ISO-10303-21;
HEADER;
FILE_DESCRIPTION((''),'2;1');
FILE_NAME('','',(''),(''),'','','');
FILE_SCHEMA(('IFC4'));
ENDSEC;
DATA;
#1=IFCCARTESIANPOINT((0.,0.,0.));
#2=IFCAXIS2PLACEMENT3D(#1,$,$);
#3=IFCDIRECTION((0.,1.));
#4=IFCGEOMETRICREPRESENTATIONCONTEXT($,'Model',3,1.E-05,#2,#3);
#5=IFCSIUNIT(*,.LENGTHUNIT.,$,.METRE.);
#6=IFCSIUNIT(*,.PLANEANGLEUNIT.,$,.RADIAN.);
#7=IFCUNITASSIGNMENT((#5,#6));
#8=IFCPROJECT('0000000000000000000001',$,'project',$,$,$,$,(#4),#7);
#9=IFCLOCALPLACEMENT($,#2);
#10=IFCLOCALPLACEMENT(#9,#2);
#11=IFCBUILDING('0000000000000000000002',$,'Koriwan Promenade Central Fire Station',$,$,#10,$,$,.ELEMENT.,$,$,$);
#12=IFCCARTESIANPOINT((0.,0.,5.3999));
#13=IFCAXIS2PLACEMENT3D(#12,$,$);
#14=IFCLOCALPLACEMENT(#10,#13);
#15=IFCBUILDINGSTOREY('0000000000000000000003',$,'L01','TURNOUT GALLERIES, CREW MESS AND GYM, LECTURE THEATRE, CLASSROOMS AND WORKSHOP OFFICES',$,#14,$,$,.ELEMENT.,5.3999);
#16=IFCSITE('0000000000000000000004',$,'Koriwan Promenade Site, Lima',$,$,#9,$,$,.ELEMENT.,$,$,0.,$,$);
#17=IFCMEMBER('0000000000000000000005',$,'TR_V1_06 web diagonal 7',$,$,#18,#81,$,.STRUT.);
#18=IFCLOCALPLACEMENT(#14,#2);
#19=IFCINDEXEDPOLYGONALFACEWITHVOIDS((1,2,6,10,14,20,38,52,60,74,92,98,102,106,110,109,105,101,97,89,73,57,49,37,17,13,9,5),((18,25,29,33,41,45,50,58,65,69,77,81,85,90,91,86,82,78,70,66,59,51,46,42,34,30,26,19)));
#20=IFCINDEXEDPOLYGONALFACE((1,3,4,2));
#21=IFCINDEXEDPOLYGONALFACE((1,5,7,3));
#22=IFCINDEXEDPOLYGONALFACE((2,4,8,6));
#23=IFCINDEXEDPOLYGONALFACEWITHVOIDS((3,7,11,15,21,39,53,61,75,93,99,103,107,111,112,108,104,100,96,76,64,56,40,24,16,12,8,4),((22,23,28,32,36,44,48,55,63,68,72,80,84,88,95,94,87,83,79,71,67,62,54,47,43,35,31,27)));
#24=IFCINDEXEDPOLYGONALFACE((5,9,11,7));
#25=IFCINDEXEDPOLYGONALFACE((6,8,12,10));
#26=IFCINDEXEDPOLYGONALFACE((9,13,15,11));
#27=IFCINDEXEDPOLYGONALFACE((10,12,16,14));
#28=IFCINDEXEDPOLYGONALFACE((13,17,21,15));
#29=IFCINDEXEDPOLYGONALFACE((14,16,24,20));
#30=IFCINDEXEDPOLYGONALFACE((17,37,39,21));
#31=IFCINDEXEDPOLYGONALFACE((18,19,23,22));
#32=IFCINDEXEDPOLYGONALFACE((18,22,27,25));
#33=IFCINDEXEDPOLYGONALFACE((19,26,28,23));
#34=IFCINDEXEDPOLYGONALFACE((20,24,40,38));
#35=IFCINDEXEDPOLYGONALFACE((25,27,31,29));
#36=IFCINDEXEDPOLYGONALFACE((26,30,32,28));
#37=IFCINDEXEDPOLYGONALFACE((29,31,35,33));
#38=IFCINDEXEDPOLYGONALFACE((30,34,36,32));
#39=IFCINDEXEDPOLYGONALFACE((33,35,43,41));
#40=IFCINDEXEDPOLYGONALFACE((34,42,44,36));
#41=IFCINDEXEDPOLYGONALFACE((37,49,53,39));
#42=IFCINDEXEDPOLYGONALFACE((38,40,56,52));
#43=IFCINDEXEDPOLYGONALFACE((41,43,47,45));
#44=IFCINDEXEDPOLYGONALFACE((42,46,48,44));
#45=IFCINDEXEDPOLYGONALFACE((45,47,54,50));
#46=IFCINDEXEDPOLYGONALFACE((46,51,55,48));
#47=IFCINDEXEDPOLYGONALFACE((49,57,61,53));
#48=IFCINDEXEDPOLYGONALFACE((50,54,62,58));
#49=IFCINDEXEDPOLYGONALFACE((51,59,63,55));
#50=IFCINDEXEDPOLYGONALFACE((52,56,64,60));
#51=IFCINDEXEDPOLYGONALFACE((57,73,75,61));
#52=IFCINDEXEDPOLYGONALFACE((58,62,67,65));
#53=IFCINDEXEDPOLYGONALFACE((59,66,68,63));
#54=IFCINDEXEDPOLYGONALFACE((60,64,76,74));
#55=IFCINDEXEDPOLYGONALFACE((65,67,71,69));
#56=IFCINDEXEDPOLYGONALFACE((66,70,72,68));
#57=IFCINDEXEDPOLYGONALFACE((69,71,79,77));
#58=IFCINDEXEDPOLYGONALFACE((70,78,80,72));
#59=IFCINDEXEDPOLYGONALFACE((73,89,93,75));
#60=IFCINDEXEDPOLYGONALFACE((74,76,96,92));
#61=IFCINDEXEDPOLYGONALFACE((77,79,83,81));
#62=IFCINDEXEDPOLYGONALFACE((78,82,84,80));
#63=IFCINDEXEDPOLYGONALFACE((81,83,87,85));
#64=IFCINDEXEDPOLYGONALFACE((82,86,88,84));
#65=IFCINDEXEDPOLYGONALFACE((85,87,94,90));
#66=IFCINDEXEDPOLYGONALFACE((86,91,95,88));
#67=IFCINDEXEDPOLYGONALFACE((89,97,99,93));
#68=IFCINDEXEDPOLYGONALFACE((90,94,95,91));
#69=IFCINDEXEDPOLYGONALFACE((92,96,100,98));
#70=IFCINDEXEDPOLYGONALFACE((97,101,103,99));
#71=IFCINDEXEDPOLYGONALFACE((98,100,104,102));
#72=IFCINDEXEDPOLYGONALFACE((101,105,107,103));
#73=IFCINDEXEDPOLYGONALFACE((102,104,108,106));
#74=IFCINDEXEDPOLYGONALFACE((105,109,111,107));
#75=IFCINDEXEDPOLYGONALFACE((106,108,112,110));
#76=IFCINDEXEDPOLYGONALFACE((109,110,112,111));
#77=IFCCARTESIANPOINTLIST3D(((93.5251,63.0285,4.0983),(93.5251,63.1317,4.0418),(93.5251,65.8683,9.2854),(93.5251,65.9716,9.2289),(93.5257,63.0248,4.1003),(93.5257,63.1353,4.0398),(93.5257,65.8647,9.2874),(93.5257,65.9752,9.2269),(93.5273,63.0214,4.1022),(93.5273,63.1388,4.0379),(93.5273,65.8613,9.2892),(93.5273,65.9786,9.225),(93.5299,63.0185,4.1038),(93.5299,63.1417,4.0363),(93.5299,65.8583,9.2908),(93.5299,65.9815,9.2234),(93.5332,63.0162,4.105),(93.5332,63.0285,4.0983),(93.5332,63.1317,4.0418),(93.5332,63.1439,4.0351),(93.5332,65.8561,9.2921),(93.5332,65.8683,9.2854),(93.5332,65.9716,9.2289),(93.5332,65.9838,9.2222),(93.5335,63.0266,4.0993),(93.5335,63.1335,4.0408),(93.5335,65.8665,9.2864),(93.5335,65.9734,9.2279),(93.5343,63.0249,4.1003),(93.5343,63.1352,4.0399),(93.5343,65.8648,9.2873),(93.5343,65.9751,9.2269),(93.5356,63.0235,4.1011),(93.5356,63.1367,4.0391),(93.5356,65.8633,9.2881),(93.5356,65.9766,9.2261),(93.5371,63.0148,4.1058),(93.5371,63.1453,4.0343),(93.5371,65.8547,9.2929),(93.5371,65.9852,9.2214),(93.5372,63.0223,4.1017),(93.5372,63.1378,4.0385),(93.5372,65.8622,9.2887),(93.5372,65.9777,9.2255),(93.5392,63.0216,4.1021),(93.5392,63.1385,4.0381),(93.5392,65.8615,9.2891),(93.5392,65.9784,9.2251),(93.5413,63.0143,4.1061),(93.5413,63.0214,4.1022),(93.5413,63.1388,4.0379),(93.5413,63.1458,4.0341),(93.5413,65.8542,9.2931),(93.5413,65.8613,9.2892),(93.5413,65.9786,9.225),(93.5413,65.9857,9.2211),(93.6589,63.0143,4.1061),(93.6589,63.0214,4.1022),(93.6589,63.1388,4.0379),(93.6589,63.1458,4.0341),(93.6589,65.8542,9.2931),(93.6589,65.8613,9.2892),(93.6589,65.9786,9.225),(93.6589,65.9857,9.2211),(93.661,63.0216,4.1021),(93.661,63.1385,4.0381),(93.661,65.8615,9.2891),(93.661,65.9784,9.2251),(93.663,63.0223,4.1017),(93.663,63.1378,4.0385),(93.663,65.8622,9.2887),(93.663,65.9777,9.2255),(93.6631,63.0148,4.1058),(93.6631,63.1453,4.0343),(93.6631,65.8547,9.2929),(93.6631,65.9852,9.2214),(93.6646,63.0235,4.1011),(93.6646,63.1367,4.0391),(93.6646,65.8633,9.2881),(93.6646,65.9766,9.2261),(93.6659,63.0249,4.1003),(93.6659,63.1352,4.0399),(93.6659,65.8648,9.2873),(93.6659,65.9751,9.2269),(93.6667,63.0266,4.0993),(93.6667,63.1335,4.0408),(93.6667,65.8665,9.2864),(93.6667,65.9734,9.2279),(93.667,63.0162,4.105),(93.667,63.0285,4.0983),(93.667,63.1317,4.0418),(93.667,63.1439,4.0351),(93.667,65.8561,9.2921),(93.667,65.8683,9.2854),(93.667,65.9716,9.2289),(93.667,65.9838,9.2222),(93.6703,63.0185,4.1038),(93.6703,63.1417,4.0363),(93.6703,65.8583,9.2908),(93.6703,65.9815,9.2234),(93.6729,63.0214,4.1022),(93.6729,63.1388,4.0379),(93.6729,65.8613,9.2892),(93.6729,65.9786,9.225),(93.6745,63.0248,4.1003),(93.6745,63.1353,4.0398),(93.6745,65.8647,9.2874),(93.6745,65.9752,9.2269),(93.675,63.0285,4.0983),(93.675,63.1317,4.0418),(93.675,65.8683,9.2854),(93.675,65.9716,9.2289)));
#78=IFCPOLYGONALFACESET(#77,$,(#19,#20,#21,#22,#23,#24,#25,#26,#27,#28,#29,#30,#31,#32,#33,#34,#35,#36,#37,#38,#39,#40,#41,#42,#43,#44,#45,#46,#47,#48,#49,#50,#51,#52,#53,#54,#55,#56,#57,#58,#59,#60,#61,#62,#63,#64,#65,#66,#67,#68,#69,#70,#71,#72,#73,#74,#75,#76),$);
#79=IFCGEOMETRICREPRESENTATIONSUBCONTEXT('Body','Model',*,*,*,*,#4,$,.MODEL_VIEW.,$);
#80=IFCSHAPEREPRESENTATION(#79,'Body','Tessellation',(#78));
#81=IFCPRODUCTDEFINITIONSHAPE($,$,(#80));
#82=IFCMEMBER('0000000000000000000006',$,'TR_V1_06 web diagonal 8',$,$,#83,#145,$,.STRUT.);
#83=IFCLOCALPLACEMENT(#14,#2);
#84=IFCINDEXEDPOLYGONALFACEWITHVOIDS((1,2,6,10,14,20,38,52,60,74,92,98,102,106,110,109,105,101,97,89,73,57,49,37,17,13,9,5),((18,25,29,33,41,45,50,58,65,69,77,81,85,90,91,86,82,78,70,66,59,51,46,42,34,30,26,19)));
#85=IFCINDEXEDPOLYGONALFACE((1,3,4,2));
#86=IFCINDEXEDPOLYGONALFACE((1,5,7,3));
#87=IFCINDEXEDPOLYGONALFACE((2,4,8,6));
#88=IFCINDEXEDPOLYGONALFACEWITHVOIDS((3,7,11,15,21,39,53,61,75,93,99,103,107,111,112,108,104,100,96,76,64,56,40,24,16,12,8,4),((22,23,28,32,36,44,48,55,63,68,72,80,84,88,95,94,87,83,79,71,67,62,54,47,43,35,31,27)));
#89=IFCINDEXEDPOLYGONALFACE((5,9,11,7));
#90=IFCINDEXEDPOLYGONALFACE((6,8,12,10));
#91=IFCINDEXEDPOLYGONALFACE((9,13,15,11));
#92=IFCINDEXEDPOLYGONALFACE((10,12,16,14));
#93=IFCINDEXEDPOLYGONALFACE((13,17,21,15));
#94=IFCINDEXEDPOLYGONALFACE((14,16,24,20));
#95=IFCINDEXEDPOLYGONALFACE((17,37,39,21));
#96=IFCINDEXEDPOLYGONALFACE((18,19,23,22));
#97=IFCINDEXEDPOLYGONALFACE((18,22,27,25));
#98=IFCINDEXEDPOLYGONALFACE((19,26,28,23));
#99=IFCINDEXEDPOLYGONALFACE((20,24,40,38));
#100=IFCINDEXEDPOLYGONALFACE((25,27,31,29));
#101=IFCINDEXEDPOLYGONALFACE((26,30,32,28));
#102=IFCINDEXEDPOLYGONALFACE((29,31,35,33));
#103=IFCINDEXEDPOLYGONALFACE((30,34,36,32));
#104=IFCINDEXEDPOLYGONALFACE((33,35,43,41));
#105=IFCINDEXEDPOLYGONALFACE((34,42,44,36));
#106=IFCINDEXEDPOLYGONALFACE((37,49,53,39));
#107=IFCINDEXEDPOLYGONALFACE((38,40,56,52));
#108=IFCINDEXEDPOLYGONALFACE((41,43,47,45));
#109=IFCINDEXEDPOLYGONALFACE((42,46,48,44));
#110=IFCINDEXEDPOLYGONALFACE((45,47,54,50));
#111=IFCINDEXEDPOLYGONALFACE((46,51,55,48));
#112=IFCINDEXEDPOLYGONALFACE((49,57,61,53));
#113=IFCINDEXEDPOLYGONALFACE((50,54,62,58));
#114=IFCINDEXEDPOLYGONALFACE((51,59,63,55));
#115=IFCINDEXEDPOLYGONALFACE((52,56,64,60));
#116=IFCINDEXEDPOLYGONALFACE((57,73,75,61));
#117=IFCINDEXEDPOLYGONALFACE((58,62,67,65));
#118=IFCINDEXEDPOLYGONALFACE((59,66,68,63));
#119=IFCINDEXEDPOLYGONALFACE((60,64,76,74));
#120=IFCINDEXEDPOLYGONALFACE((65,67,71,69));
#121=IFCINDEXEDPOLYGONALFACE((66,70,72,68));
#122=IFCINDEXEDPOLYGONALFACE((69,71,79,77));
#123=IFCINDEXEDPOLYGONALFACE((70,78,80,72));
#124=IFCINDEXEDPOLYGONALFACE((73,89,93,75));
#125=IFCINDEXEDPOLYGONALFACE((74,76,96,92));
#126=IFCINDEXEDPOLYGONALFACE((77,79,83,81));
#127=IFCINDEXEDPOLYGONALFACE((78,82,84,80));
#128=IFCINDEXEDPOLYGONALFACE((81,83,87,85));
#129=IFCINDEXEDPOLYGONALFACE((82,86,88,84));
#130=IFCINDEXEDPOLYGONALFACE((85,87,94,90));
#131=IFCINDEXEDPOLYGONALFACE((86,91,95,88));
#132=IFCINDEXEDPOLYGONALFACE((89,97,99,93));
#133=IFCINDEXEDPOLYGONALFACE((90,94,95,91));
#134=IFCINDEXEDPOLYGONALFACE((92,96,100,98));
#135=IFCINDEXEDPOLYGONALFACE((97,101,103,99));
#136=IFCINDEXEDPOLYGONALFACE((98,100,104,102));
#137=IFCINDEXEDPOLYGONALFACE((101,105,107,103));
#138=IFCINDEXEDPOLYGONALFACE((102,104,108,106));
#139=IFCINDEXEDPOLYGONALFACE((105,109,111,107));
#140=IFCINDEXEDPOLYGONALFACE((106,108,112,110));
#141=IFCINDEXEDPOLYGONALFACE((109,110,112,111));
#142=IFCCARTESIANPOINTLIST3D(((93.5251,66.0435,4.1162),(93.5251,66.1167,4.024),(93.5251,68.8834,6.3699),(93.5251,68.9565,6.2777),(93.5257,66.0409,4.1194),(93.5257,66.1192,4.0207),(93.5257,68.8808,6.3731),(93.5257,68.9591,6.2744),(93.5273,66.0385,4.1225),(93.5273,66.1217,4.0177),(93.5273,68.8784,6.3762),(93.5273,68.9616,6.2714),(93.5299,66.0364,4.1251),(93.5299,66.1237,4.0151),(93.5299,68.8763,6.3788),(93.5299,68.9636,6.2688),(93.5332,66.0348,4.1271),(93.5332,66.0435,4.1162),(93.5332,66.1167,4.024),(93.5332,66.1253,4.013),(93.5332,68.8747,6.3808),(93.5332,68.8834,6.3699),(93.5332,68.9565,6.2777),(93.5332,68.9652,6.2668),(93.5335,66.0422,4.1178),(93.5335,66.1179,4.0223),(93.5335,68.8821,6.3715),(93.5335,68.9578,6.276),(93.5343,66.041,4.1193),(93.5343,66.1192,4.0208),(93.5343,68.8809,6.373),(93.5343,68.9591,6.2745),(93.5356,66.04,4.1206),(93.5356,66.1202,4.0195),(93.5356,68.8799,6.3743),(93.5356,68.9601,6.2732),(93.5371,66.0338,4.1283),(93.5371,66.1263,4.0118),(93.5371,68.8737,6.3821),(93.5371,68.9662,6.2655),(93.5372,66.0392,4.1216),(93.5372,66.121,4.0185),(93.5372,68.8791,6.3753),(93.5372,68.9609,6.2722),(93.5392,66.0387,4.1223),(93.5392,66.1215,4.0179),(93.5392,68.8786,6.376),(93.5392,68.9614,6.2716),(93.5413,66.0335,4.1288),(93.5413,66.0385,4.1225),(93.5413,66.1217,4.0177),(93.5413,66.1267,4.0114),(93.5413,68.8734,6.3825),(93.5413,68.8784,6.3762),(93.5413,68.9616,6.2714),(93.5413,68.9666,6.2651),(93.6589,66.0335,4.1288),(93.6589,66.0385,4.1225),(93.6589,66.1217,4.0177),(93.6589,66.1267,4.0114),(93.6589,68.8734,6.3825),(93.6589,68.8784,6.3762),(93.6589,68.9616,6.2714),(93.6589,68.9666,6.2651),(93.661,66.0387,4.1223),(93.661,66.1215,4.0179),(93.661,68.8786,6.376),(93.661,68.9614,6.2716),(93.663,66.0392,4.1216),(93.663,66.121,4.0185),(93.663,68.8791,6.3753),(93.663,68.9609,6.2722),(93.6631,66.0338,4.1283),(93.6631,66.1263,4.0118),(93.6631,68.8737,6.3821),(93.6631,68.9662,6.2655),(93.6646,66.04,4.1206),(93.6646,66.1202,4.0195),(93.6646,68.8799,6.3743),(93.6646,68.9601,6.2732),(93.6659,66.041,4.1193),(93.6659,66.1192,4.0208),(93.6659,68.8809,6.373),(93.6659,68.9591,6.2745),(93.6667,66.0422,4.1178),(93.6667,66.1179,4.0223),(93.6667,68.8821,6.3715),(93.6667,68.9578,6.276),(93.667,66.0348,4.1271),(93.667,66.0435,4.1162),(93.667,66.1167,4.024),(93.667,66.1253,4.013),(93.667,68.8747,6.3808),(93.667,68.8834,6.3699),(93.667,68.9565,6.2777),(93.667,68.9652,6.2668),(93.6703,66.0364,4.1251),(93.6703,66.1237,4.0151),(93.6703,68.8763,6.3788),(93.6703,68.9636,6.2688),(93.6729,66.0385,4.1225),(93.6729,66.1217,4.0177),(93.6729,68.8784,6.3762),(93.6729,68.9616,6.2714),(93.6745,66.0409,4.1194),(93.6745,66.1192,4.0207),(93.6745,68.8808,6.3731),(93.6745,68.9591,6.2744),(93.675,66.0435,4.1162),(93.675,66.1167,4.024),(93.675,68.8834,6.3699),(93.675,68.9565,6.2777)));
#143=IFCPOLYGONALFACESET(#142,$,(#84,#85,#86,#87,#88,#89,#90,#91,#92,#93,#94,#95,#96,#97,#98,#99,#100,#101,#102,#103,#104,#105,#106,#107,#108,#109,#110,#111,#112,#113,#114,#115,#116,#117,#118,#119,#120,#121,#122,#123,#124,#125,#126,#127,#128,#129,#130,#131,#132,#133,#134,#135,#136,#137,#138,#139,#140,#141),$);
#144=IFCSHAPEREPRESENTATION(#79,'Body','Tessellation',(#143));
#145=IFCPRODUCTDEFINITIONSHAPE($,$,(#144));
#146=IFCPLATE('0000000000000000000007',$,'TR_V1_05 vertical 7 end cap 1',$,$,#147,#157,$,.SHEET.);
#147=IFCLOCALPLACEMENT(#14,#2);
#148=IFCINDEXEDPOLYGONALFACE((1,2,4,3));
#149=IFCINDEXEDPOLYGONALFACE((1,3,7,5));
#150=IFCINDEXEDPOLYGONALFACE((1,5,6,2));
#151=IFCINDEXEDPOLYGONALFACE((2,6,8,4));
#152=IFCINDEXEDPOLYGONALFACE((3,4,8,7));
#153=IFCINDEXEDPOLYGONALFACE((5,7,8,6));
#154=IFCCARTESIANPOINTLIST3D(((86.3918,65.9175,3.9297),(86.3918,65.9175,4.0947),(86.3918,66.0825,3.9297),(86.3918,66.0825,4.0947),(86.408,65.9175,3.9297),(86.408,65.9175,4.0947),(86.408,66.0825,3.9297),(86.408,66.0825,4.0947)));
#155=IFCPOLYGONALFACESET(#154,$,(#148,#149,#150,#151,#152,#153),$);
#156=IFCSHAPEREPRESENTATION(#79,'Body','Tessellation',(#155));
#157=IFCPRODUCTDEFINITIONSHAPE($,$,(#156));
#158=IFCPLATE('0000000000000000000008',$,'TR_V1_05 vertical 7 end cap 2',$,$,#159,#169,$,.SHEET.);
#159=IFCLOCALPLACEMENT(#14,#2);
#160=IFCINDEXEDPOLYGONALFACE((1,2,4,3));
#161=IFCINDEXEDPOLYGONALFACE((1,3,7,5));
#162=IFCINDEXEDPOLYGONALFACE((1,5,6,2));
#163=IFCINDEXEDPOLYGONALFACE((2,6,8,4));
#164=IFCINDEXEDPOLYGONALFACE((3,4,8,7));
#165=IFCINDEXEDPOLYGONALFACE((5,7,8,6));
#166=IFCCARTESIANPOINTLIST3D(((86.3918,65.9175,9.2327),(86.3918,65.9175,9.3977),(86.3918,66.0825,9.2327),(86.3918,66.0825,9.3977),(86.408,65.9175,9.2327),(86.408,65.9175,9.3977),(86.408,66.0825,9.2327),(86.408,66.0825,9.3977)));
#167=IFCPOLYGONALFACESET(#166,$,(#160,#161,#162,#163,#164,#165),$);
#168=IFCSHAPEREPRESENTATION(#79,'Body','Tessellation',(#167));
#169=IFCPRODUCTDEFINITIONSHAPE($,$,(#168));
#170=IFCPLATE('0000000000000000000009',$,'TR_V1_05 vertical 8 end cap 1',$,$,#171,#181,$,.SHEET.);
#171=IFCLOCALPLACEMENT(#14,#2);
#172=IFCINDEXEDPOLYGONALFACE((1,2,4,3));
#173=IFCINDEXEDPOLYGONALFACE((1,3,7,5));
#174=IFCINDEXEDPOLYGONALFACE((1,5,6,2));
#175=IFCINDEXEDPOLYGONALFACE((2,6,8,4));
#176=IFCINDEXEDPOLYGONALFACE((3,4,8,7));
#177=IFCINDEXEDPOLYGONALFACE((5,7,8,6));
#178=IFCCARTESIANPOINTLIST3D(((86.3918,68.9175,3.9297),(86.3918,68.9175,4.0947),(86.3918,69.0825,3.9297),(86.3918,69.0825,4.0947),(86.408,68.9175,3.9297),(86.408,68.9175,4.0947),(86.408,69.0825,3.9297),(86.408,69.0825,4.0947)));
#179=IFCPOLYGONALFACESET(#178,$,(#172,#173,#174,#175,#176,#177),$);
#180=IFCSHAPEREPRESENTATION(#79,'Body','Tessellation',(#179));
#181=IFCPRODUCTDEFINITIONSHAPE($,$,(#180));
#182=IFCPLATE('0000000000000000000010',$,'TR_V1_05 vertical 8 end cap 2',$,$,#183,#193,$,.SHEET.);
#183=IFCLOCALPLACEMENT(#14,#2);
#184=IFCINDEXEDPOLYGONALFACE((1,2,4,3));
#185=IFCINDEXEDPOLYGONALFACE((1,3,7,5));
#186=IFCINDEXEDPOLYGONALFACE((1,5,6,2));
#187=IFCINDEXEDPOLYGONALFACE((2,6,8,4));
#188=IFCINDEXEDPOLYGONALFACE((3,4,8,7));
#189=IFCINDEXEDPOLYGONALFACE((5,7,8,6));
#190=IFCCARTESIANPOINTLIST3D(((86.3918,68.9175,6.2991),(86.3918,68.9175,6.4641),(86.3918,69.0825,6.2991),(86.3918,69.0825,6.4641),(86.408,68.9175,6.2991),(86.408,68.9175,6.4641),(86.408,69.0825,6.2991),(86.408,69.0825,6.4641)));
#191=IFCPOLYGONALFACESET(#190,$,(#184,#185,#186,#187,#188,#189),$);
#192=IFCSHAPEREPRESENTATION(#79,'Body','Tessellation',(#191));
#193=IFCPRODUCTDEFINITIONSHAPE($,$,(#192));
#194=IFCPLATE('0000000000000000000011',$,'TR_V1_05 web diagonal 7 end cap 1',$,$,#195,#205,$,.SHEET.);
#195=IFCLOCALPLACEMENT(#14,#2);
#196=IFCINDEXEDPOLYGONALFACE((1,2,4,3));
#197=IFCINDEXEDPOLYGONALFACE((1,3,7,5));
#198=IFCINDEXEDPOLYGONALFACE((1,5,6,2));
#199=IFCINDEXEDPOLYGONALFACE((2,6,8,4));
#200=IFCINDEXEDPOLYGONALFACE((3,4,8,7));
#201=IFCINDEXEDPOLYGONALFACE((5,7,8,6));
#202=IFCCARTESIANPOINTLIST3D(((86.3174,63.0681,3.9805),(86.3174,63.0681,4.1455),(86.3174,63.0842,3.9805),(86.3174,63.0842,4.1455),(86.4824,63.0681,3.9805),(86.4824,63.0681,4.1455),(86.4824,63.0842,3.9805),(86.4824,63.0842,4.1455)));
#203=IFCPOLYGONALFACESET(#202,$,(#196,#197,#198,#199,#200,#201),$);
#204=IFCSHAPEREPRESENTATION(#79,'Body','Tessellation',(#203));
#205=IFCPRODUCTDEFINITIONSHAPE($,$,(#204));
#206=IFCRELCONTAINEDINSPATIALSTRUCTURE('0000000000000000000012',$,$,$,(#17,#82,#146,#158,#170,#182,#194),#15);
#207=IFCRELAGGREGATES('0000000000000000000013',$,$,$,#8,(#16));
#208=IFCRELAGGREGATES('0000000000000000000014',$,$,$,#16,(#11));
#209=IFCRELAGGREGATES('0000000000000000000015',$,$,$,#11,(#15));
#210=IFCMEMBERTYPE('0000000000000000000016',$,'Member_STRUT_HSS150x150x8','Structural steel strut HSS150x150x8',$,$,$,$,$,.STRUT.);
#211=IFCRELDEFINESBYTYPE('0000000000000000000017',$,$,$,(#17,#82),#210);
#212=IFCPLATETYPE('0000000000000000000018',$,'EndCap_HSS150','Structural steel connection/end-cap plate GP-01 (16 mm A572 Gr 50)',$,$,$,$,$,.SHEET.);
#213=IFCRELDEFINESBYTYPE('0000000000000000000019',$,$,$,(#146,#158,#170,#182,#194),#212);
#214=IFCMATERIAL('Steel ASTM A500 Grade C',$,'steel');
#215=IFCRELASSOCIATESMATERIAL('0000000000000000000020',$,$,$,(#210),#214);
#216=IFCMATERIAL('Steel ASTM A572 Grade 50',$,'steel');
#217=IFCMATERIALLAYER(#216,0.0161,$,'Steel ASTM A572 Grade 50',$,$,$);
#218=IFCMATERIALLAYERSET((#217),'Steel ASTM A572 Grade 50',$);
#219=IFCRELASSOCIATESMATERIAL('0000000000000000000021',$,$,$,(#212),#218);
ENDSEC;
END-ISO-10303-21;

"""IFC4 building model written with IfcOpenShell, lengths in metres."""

from ifc_helpers import new_model, si_unit, direction, frame, origin, origin_2d, place, context, subcontext, project, spatial, rectangle, hollow_rectangle, extrude, material, layer, layer_set, material_profile, profile_set, type_object, element, save


model = new_model("IFC4")

# Units and contexts
model_context = context("Model", 3, precision=1e-05, world=origin(), true_north=direction((0.0, 1.0)))
body_context = subcontext(model_context, "Body", "Model", "MODEL_VIEW")
ifc_project = project(units=[si_unit("LENGTHUNIT", "METRE"), si_unit("PLANEANGLEUNIT", "RADIAN")], contexts=[model_context])

# Site, building, storey
site_placement = place(None, origin())
site = spatial("IfcSite", under=ifc_project, at=site_placement, Name="Koriwan Promenade Site, Lima", CompositionType="ELEMENT", RefElevation=0.0)
building_placement = place(site_placement, origin())
building = spatial("IfcBuilding", under=site, at=building_placement, Name="Koriwan Promenade Central Fire Station", CompositionType="ELEMENT")
storey_placement = place(building_placement, frame((0.0, 0.0, 5.3999)))
storey = spatial("IfcBuildingStorey", under=building, at=storey_placement, Name="L01", Description="TURNOUT GALLERIES, CREW MESS AND GYM, LECTURE THEATRE, CLASSROOMS AND WORKSHOP OFFICES", CompositionType="ELEMENT", Elevation=5.3999)

# Members
ifc_material_1 = material(Name="Steel ASTM A500 Grade C", Category="steel")
ifc_material_profile_1 = material_profile(ifc_material_1, hollow_rectangle(XDim=0.1499, YDim=0.1499, WallThickness=0.0081, InnerFilletRadius=0.0081, OuterFilletRadius=0.0161, at=origin_2d()), Name="HSS150x150x8")
ifc_profile_set_1 = profile_set([ifc_material_profile_1], Name="Steel ASTM A500 Grade C")
member_type_1 = type_object("IfcMemberType", Name="Member_STRUT_HSS150x150x8", Description="Structural steel strut HSS150x150x8", PredefinedType="STRUT", material=ifc_profile_set_1)
member_1_placement = place(storey_placement, frame((93.6001, 63.0801, 4.0701), z_axis=(0.0, 0.480228, 0.877143), x_axis=(-1.0, 0.0, 0.0)))
element("IfcMember", 1, at=member_1_placement, inside=storey, type_object=member_type_1, Name="TR_V1_06 web diagonal 7", PredefinedType="STRUT", context=body_context, shape_type="SweptSolid", body=[
    extrude(hollow_rectangle(XDim=0.1499, YDim=0.1499, WallThickness=0.0081, InnerFilletRadius=0.0081, OuterFilletRadius=0.0161, at=origin_2d()), origin(), (0.0, 0.0, 1.0), 5.9136),
])
member_2_placement = place(storey_placement, frame((93.6001, 66.0801, 4.0701), z_axis=(0.0, 0.783313, 0.621627), x_axis=(-1.0, 0.0, 0.0)))
element("IfcMember", 2, at=member_2_placement, inside=storey, type_object=member_type_1, Name="TR_V1_06 web diagonal 8", PredefinedType="STRUT", context=body_context, shape_type="SweptSolid", body=[
    extrude(hollow_rectangle(XDim=0.1499, YDim=0.1499, WallThickness=0.0081, InnerFilletRadius=0.0081, OuterFilletRadius=0.0161, at=origin_2d()), origin(), (0.0, 0.0, 1.0), 3.6255),
])

# Plates
ifc_material_2 = material(Name="Steel ASTM A572 Grade 50", Category="steel")
ifc_layer_1 = layer(ifc_material_2, 0.0161, Name="Steel ASTM A572 Grade 50")
ifc_layer_set_1 = layer_set([ifc_layer_1], Name="Steel ASTM A572 Grade 50")
plate_type_1 = type_object("IfcPlateType", Name="EndCap_HSS150", Description="Structural steel connection/end-cap plate GP-01 (16 mm A572 Gr 50)", PredefinedType="SHEET", material=ifc_layer_set_1)
for number, where, z_axis, x_axis, name in (
    (3, (86.3999, 66.0, 3.9297), (0.0, 0.0, 1.0), (1.0, 0.0, 0.0), "TR_V1_05 vertical 7 end cap 1"),
    (4, (86.3999, 66.0, 9.2327), (0.0, 0.0, 1.0), (1.0, 0.0, 0.0), "TR_V1_05 vertical 7 end cap 2"),
    (5, (86.3999, 69.0, 3.9297), (0.0, 0.0, 1.0), (1.0, 0.0, 0.0), "TR_V1_05 vertical 8 end cap 1"),
    (6, (86.3999, 69.0, 6.2991), (0.0, 0.0, 1.0), (1.0, 0.0, 0.0), "TR_V1_05 vertical 8 end cap 2"),
    (7, (86.3999, 63.0762, 3.9805), (0.0, 0.0, 1.0), (0.0, 1.0, 0.0), "TR_V1_05 web diagonal 7 end cap 1"),
):
    element("IfcPlate", number, at=place(storey_placement, frame(where, z_axis=z_axis, x_axis=x_axis)), inside=storey, type_object=plate_type_1, Name=name, PredefinedType="SHEET", context=body_context, shape_type="SweptSolid", body=[
        extrude(rectangle(XDim=0.0161, YDim=0.165, at=origin_2d()), origin(), (0.0, 0.0, 1.0), 0.165),
    ])

save(model, "model.ifc")
